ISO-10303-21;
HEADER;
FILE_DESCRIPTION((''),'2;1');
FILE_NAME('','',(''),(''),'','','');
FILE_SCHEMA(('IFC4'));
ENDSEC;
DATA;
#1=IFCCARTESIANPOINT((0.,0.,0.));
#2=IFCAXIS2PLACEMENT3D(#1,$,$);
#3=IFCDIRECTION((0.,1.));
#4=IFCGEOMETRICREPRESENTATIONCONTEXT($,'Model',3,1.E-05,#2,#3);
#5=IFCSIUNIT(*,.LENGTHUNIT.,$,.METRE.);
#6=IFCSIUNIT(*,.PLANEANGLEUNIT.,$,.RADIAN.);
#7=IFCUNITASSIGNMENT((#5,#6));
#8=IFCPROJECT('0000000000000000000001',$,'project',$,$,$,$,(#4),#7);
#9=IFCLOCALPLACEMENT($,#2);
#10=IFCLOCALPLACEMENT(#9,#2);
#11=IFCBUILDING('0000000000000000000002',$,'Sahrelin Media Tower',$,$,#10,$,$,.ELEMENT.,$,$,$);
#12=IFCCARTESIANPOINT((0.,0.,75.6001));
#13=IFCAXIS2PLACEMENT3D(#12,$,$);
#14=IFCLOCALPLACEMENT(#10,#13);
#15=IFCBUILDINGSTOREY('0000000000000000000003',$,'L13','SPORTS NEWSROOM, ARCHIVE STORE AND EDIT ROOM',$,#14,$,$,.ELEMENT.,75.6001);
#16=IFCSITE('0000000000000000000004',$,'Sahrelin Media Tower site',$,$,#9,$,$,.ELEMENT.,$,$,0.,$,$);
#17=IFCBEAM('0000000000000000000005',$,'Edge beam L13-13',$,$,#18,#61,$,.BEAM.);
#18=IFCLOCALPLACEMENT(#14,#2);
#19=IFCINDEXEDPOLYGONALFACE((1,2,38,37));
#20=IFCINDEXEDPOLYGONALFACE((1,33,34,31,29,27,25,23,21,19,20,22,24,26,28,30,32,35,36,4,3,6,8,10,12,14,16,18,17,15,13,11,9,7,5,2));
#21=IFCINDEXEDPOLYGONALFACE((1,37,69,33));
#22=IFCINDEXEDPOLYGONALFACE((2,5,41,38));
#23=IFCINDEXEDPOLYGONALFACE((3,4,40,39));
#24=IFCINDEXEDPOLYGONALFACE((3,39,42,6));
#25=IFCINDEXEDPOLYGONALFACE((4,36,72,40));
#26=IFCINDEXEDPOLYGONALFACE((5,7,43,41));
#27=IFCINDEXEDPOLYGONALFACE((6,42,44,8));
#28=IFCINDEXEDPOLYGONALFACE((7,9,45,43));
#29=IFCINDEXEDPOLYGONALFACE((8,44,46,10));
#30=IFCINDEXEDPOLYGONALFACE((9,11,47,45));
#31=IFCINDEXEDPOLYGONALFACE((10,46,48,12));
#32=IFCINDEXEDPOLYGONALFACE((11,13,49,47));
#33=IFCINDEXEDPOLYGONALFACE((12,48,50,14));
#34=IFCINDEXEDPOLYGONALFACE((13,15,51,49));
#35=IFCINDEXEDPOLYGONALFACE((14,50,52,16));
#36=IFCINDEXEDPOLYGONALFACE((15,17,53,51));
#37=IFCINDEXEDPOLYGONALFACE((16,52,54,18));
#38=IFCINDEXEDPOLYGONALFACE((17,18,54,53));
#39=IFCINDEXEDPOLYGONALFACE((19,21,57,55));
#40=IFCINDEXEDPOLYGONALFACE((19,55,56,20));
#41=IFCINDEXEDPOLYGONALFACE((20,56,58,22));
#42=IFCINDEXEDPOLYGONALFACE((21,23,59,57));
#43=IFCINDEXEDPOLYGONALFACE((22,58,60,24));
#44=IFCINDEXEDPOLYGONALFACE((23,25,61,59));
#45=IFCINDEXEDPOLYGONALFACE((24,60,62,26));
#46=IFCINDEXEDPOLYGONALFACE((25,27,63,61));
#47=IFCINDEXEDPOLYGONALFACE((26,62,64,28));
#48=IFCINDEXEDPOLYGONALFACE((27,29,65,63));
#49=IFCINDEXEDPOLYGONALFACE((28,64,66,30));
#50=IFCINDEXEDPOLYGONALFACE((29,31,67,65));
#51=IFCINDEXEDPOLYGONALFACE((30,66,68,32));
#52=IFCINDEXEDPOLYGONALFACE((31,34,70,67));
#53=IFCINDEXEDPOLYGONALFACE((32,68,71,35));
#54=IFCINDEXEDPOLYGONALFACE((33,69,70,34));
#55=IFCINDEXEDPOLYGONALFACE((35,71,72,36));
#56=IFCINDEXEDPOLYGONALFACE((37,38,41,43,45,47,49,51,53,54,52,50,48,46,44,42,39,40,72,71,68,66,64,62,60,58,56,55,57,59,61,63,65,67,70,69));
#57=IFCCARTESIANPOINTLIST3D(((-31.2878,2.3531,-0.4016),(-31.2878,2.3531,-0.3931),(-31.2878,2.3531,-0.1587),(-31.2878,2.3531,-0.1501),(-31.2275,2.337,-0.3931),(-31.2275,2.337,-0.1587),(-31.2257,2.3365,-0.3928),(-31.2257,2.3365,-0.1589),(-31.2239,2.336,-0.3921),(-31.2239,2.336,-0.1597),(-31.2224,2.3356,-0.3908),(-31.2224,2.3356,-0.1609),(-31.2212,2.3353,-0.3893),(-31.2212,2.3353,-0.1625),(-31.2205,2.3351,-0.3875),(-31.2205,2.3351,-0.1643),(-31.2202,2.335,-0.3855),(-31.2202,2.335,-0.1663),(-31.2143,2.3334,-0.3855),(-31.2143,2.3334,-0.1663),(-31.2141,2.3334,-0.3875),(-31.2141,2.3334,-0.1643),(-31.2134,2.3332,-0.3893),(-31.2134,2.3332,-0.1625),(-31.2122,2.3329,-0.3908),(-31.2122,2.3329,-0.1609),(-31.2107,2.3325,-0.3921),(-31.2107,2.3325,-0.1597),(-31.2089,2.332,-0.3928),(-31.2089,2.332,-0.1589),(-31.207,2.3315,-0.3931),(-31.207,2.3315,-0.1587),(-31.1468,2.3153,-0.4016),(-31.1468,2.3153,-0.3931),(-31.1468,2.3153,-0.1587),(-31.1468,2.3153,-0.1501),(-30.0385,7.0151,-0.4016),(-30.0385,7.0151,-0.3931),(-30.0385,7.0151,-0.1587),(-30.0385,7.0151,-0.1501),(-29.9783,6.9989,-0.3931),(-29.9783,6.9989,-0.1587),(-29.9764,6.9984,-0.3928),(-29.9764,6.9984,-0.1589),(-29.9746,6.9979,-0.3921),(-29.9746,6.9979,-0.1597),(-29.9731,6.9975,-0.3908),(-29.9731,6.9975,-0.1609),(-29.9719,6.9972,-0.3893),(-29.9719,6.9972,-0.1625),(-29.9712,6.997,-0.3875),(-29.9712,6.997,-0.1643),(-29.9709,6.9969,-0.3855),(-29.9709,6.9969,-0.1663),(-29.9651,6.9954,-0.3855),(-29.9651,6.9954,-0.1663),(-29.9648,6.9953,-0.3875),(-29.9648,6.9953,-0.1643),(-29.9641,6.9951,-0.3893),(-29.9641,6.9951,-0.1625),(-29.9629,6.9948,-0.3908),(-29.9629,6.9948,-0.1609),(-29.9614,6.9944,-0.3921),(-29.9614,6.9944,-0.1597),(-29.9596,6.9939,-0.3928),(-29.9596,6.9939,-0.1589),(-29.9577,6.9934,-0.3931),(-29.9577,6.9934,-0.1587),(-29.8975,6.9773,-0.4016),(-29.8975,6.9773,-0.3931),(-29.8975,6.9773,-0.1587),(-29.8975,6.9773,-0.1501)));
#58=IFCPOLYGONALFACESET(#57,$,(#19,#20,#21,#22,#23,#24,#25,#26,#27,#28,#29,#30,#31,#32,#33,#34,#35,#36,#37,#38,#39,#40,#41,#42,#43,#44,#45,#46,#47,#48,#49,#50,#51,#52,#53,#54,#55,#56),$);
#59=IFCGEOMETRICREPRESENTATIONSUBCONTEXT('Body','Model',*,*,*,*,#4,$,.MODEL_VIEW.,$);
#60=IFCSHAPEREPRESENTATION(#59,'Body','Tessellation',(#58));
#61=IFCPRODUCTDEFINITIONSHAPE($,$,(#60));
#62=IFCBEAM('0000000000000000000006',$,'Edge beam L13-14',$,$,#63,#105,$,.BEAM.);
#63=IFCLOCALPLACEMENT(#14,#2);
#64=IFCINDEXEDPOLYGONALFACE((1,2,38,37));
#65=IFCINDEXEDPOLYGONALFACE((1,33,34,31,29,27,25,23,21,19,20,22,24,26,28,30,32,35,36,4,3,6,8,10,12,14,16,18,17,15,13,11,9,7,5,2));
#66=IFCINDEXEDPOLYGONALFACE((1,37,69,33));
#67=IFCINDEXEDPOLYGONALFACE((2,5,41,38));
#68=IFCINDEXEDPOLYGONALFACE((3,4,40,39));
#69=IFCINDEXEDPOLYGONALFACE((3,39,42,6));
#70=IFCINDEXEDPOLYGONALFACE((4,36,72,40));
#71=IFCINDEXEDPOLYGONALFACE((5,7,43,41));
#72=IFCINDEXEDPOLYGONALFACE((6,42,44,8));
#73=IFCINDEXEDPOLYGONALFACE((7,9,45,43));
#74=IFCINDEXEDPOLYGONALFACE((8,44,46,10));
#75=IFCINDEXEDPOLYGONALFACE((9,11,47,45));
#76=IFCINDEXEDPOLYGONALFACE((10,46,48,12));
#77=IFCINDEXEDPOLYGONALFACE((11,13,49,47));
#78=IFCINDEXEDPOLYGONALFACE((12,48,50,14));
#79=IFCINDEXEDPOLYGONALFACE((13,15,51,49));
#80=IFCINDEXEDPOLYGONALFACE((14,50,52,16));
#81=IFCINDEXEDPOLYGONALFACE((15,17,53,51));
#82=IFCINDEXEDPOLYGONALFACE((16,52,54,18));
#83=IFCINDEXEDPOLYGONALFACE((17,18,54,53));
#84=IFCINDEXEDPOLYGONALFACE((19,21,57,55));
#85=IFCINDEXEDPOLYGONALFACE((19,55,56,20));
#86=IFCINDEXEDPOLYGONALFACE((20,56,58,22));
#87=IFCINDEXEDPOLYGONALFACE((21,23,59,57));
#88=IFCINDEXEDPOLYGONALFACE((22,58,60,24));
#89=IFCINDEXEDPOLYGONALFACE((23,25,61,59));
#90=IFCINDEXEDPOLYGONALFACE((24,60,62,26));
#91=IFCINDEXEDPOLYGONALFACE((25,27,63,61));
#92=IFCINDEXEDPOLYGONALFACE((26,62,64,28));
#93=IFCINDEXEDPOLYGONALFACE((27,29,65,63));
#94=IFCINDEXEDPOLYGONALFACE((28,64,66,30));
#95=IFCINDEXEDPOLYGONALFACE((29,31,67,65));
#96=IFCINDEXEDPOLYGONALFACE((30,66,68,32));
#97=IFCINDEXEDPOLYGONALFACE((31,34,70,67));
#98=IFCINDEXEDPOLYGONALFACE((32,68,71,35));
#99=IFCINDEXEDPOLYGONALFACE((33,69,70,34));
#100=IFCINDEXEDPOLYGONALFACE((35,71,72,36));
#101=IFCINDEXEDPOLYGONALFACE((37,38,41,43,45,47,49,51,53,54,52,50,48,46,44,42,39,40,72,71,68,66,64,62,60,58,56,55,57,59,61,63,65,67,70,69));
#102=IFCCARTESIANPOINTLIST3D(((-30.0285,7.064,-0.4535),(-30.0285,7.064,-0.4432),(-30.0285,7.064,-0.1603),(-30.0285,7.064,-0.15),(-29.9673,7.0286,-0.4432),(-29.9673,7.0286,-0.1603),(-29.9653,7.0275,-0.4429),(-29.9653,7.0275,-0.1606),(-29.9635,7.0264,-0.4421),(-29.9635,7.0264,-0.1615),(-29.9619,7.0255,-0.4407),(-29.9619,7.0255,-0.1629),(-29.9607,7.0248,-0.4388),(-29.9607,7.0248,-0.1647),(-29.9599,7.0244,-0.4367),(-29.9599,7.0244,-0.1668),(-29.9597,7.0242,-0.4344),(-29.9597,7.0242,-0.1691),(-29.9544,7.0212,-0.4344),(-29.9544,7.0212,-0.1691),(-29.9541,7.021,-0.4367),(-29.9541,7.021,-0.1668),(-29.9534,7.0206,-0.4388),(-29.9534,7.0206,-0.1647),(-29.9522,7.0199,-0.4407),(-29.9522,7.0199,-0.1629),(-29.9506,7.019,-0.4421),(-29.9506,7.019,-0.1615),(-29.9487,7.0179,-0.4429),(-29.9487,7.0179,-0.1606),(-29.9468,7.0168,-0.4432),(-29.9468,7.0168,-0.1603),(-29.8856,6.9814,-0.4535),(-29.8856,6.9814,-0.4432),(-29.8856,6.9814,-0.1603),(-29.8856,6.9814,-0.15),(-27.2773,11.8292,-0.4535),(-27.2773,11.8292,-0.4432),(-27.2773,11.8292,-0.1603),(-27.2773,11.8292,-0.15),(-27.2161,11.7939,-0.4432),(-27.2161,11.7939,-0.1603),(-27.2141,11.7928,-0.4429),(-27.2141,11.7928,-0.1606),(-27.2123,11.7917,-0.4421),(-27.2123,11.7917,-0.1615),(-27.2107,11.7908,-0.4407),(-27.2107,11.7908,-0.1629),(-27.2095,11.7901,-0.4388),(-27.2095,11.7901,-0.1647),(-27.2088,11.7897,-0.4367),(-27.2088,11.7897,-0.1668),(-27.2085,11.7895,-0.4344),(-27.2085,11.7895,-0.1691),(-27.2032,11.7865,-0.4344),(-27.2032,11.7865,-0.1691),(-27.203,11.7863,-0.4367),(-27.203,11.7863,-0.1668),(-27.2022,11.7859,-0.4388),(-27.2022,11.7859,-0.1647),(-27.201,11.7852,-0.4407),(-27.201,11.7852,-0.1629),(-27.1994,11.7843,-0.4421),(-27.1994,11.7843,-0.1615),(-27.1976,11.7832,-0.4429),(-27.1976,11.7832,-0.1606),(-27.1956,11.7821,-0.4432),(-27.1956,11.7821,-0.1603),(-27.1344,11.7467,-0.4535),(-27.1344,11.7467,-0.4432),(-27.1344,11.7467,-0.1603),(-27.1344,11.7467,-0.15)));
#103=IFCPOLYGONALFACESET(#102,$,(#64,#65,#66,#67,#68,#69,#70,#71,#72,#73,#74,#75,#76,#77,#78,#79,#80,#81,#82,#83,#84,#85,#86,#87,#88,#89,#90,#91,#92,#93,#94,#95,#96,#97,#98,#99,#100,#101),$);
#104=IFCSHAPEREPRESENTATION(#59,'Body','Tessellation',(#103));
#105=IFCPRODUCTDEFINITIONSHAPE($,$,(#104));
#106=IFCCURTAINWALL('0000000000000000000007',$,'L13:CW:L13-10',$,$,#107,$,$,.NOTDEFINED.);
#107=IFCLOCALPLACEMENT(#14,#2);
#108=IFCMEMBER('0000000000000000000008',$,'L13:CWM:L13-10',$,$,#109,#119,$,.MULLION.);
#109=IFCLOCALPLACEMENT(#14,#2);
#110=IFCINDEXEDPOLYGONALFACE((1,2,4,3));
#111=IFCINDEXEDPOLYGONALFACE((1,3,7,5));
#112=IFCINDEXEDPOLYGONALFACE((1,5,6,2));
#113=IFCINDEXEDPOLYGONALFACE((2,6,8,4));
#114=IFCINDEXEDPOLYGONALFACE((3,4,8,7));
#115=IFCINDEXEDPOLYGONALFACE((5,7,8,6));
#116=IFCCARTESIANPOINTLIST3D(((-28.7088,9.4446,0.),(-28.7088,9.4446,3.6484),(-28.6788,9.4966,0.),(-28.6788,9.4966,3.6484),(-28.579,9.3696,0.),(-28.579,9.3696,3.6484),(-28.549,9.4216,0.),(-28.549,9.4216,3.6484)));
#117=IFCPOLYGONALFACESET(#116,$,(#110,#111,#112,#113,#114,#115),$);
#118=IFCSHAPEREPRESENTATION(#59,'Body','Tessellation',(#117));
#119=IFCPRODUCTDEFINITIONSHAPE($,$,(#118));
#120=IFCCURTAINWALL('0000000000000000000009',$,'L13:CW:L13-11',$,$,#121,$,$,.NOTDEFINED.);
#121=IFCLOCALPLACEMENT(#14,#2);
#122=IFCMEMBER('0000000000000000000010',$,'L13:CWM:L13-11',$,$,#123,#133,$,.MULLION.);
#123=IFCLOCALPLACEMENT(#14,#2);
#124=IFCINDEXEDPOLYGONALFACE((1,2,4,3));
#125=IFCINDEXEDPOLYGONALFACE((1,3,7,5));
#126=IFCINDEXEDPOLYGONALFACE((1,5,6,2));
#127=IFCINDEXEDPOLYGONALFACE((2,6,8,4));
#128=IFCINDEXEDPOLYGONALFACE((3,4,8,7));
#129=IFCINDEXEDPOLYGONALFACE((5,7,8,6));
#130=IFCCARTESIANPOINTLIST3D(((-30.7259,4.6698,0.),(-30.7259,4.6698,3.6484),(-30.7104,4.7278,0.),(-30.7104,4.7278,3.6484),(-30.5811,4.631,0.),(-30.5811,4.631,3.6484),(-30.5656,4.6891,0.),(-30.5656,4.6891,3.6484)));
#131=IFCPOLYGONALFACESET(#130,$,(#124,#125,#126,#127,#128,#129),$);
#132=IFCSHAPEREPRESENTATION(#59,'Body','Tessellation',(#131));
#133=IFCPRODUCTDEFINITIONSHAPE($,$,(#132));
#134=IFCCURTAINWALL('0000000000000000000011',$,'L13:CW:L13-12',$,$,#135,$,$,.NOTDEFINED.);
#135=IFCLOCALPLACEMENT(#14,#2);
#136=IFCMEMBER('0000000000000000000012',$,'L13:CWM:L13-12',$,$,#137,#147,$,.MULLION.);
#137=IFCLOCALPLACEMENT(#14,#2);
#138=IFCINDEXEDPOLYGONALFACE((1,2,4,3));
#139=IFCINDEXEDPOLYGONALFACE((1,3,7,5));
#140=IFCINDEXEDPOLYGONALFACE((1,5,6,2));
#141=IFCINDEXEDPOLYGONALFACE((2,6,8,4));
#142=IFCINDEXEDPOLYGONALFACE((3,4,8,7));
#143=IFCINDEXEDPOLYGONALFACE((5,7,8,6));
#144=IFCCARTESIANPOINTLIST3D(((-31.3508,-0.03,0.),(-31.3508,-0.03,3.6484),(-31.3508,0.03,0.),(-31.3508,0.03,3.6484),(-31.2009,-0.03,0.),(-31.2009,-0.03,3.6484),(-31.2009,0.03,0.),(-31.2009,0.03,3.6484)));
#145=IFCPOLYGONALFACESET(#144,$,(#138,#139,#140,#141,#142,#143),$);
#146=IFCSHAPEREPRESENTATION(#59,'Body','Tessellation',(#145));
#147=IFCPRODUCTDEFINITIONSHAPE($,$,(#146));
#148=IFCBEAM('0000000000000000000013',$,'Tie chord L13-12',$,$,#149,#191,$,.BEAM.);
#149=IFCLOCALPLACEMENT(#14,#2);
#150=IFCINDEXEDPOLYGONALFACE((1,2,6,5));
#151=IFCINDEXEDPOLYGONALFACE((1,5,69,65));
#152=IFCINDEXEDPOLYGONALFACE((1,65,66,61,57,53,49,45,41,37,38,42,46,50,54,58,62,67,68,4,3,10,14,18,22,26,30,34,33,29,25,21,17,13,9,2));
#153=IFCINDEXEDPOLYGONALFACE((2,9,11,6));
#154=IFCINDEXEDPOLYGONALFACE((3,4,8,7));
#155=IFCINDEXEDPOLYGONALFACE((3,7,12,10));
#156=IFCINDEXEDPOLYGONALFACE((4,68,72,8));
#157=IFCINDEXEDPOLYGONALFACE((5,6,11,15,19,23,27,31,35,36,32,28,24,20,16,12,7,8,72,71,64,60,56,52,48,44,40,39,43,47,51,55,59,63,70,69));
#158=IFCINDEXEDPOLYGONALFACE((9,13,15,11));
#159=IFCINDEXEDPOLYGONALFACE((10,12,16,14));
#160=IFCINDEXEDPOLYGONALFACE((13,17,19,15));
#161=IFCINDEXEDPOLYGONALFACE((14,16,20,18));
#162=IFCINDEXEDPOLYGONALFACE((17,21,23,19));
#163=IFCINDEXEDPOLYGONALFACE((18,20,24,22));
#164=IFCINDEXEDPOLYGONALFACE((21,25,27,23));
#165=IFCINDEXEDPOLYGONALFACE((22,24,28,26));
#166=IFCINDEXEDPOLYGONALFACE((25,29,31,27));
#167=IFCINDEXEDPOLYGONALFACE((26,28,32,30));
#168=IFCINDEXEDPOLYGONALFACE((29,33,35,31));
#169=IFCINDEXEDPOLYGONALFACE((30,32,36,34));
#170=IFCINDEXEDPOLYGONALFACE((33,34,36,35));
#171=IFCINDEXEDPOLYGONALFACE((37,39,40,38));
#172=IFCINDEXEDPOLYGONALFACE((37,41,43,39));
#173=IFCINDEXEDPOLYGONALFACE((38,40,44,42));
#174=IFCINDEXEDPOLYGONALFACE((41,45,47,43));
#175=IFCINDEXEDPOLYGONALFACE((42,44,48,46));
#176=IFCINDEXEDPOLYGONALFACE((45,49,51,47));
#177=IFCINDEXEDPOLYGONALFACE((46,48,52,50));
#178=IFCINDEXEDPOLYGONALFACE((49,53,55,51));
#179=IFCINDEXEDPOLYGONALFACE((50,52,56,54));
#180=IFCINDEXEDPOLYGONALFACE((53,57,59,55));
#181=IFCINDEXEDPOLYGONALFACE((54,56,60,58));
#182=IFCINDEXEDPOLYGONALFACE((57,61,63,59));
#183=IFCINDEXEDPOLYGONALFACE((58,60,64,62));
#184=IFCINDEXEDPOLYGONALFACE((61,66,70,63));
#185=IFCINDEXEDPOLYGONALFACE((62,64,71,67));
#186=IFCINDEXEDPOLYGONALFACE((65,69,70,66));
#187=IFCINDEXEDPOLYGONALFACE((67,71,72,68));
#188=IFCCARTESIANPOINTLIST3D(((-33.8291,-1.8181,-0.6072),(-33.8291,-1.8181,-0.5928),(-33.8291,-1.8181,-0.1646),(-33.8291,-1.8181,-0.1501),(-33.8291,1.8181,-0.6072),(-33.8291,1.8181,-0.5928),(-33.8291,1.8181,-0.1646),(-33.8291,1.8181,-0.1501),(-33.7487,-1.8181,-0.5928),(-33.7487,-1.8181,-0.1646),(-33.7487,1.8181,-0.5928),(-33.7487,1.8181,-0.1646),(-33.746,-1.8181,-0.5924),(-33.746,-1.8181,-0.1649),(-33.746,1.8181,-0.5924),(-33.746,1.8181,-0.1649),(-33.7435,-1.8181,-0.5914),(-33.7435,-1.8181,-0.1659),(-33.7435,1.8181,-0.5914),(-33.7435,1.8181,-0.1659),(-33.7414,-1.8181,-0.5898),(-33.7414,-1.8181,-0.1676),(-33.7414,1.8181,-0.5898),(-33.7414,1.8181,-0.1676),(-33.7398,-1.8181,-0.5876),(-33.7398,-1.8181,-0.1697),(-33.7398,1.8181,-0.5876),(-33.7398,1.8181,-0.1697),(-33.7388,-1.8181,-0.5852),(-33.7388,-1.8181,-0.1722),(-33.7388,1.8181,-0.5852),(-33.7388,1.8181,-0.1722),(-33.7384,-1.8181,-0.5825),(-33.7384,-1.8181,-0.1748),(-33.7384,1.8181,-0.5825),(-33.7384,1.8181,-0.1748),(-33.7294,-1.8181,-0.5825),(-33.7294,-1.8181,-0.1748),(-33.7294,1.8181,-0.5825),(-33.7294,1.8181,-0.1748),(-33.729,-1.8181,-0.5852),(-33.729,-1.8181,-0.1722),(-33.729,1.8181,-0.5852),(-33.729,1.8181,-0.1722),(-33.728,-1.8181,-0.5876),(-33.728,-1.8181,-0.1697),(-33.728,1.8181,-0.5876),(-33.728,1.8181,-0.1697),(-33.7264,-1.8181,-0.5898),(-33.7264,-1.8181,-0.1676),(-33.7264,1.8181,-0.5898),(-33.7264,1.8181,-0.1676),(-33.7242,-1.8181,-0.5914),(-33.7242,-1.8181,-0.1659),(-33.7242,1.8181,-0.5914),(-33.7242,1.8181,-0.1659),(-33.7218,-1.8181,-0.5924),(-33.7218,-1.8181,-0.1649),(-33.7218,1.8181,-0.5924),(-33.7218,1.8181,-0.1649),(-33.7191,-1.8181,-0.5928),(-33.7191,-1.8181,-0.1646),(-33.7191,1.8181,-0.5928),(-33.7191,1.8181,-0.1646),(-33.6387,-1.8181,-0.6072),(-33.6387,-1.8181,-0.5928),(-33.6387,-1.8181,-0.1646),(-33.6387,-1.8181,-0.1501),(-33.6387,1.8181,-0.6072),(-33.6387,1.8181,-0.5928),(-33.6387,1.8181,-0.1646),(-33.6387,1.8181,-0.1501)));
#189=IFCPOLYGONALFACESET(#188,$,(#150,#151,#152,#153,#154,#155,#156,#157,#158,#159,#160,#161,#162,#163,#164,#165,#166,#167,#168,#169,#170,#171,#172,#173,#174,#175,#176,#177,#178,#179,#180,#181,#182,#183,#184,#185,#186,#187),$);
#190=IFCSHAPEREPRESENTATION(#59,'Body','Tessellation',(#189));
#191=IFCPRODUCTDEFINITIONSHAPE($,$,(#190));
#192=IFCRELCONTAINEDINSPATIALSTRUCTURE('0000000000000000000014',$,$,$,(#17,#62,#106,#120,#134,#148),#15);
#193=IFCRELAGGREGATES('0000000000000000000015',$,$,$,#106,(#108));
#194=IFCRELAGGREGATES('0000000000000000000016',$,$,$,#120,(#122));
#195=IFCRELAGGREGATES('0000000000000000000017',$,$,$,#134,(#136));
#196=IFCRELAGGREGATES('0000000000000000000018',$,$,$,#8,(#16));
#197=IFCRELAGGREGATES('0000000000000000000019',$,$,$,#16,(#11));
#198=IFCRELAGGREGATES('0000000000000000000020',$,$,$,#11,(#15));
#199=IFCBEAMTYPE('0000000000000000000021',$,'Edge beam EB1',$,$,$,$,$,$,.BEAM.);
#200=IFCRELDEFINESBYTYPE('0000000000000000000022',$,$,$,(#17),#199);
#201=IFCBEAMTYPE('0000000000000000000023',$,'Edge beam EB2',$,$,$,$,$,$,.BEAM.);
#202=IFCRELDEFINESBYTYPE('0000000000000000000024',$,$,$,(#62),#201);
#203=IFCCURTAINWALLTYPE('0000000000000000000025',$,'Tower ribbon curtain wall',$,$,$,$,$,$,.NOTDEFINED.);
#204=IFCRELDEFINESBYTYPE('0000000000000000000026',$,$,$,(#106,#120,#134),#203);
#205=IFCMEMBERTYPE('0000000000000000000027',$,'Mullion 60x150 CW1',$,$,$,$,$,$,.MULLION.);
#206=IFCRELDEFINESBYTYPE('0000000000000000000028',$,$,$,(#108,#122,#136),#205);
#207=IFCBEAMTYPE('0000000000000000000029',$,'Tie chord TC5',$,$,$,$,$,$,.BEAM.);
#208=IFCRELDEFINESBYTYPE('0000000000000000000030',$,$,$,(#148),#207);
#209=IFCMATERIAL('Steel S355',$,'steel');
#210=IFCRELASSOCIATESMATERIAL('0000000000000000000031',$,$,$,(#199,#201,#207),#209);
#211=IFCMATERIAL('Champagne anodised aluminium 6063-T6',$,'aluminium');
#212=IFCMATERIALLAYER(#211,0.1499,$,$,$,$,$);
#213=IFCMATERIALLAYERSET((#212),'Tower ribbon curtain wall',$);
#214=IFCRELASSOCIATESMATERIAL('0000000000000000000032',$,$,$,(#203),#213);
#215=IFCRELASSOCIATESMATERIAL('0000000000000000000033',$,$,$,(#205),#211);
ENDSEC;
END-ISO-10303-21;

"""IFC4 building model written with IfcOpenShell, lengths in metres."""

from ifc_helpers import new_model, si_unit, direction, frame, origin, origin_2d, place, context, subcontext, project, spatial, rectangle, i_section, extrude, material, layer, layer_set, material_profile, profile_set, type_object, element, aggregate, save


model = new_model("IFC4")

# Units and contexts
model_context = context("Model", 3, precision=1e-05, world=origin(), true_north=direction((0.0, 1.0)))
body_context = subcontext(model_context, "Body", "Model", "MODEL_VIEW")
ifc_project = project(units=[si_unit("LENGTHUNIT", "METRE"), si_unit("PLANEANGLEUNIT", "RADIAN")], contexts=[model_context])

# Site, building, storey
site_placement = place(None, origin())
site = spatial("IfcSite", under=ifc_project, at=site_placement, Name="Sahrelin Media Tower site", CompositionType="ELEMENT", RefElevation=0.0)
building_placement = place(site_placement, origin())
building = spatial("IfcBuilding", under=site, at=building_placement, Name="Sahrelin Media Tower", CompositionType="ELEMENT")
storey_placement = place(building_placement, frame((0.0, 0.0, 75.6001)))
storey = spatial("IfcBuildingStorey", under=building, at=storey_placement, Name="L13", Description="SPORTS NEWSROOM, ARCHIVE STORE AND EDIT ROOM", CompositionType="ELEMENT", Elevation=75.6001)

# Beams
ifc_material_1 = material(Name="Steel S355", Category="steel")
ifc_material_profile_1 = material_profile(ifc_material_1, i_section(OverallWidth=0.146, OverallDepth=0.2515, WebThickness=0.0061, FlangeThickness=0.0085, FilletRadius=0.0076, at=origin_2d()), Name="UB 254x146x31")
ifc_profile_set_1 = profile_set([ifc_material_profile_1], Name="Steel S355")
beam_type_1 = type_object("IfcBeamType", Name="Edge beam EB1", PredefinedType="BEAM", material=ifc_profile_set_1)
beam_1_placement = place(storey_placement, frame((-31.2173, 2.3342, -0.2759), z_axis=(0.258843, 0.965919, 0.0), x_axis=(-0.965919, 0.258843, 0.0)))
element("IfcBeam", 1, at=beam_1_placement, inside=storey, type_object=beam_type_1, Name="Edge beam L13-13", PredefinedType="BEAM", context=body_context, shape_type="SweptSolid", body=[
    extrude(i_section(OverallWidth=0.146, OverallDepth=0.2515, WebThickness=0.0061, FlangeThickness=0.0085, FilletRadius=0.0076, at=origin_2d()), origin(), (0.0, 0.0, 1.0), 4.8264),
])
ifc_material_profile_2 = material_profile(ifc_material_1, i_section(OverallWidth=0.165, OverallDepth=0.3035, WebThickness=0.0061, FlangeThickness=0.0103, FilletRadius=0.0088, at=origin_2d()), Name="UB 305x165x40")
ifc_profile_set_2 = profile_set([ifc_material_profile_2], Name="Steel S355")
beam_type_2 = type_object("IfcBeamType", Name="Edge beam EB2", PredefinedType="BEAM", material=ifc_profile_set_2)
beam_2_placement = place(storey_placement, frame((-29.957, 7.0227, -0.3018), z_axis=(0.49999, 0.866031, 0.0), x_axis=(-0.866031, 0.49999, 0.0)))
element("IfcBeam", 2, at=beam_2_placement, inside=storey, type_object=beam_type_2, Name="Edge beam L13-14", PredefinedType="BEAM", context=body_context, shape_type="SweptSolid", body=[
    extrude(i_section(OverallWidth=0.165, OverallDepth=0.3035, WebThickness=0.0061, FlangeThickness=0.0103, FilletRadius=0.0088, at=origin_2d()), origin(), (0.0, 0.0, 1.0), 5.5024),
])

# Curtain walls, members
ifc_material_2 = material(Name="Champagne anodised aluminium 6063-T6", Category="aluminium")
ifc_layer_1 = layer(ifc_material_2, 0.1499)
ifc_layer_set_1 = layer_set([ifc_layer_1], Name="Tower ribbon curtain wall")
curtain_wall_type = type_object("IfcCurtainWallType", Name="Tower ribbon curtain wall", PredefinedType="NOTDEFINED", material=ifc_layer_set_1)
curtain_wall_1_placement = place(storey_placement, frame((-28.7112, 9.4805, 0.0), z_axis=(0.0, 0.0, 1.0), x_axis=(1.0, 0.0, 0.0)))
curtain_wall_1 = element("IfcCurtainWall", 3, at=curtain_wall_1_placement, inside=storey, type_object=curtain_wall_type, Name="L13:CW:L13-10", PredefinedType="NOTDEFINED")
ifc_material_profile_3 = material_profile(ifc_material_2, rectangle(XDim=0.0601, YDim=0.1499, at=origin_2d()), Name="Mullion 60x150")
ifc_profile_set_3 = profile_set([ifc_material_profile_3], Name="Champagne anodised aluminium 6063-T6")
member_type_1 = type_object("IfcMemberType", Name="Mullion 60x150 CW1", PredefinedType="MULLION", material=ifc_profile_set_3)
member_1_placement = place(storey_placement, frame((-28.6289, 9.4331, 0.0), z_axis=(0.0, 0.0, 1.0), x_axis=(-0.5, -0.866025, 0.0)))
member_1 = element("IfcMember", 4, at=member_1_placement, type_object=member_type_1, Name="L13:CWM:L13-10", PredefinedType="MULLION", context=body_context, shape_type="SweptSolid", body=[
    extrude(rectangle(XDim=0.0601, YDim=0.1499, at=origin_2d()), origin(), (0.0, 0.0, 1.0), 3.6484),
])
aggregate(curtain_wall_1, [member_1])
curtain_wall_2_placement = place(storey_placement, frame((-30.7375, 4.7041, 0.0), z_axis=(0.0, 0.0, 1.0), x_axis=(1.0, 0.0, 0.0)))
curtain_wall_2 = element("IfcCurtainWall", 5, at=curtain_wall_2_placement, inside=storey, type_object=curtain_wall_type, Name="L13:CW:L13-11", PredefinedType="NOTDEFINED")
member_2_placement = place(storey_placement, frame((-30.6458, 4.6794, 0.0), z_axis=(0.0, 0.0, 1.0), x_axis=(-0.258821, -0.965925, 0.0)))
member_2 = element("IfcMember", 6, at=member_2_placement, type_object=member_type_1, Name="L13:CWM:L13-11", PredefinedType="MULLION", context=body_context, shape_type="SweptSolid", body=[
    extrude(rectangle(XDim=0.0601, YDim=0.1499, at=origin_2d()), origin(), (0.0, 0.0, 1.0), 3.6484),
])
curtain_wall_3_placement = place(storey_placement, frame((-31.3711, 0.0, 0.0), z_axis=(0.0, 0.0, 1.0), x_axis=(1.0, 0.0, 0.0)))
curtain_wall_3 = element("IfcCurtainWall", 7, at=curtain_wall_3_placement, inside=storey, type_object=curtain_wall_type, Name="L13:CW:L13-12", PredefinedType="NOTDEFINED")
member_3_placement = place(storey_placement, frame((-31.2759, 0.0, 0.0), z_axis=(0.0, 0.0, 1.0), x_axis=(0.0, -1.0, 0.0)))
member_3 = element("IfcMember", 8, at=member_3_placement, type_object=member_type_1, Name="L13:CWM:L13-12", PredefinedType="MULLION", context=body_context, shape_type="SweptSolid", body=[
    extrude(rectangle(XDim=0.0601, YDim=0.1499, at=origin_2d()), origin(), (0.0, 0.0, 1.0), 3.6484),
])

# Beam
ifc_material_profile_4 = material_profile(ifc_material_1, i_section(OverallWidth=0.1904, OverallDepth=0.457, WebThickness=0.009, FlangeThickness=0.0144, FilletRadius=0.0103, at=origin_2d()), Name="UB 457x191x74")
ifc_profile_set_4 = profile_set([ifc_material_profile_4], Name="Steel S355")
beam_type_3 = type_object("IfcBeamType", Name="Tie chord TC5", PredefinedType="BEAM", material=ifc_profile_set_4)
beam_3_placement = place(storey_placement, frame((-33.7339, 1.8181, -0.3787), z_axis=(0.0, -1.0, 0.0), x_axis=(1.0, 0.0, 0.0)))
element("IfcBeam", 9, at=beam_3_placement, inside=storey, type_object=beam_type_3, Name="Tie chord L13-12", PredefinedType="BEAM", context=body_context, shape_type="SweptSolid", body=[
    extrude(i_section(OverallWidth=0.1904, OverallDepth=0.457, WebThickness=0.009, FlangeThickness=0.0144, FilletRadius=0.0103, at=origin_2d()), origin(), (0.0, 0.0, 1.0), 3.6362),
])

aggregate(curtain_wall_2, [member_2])
aggregate(curtain_wall_3, [member_3])

save(model, "model.ifc")
